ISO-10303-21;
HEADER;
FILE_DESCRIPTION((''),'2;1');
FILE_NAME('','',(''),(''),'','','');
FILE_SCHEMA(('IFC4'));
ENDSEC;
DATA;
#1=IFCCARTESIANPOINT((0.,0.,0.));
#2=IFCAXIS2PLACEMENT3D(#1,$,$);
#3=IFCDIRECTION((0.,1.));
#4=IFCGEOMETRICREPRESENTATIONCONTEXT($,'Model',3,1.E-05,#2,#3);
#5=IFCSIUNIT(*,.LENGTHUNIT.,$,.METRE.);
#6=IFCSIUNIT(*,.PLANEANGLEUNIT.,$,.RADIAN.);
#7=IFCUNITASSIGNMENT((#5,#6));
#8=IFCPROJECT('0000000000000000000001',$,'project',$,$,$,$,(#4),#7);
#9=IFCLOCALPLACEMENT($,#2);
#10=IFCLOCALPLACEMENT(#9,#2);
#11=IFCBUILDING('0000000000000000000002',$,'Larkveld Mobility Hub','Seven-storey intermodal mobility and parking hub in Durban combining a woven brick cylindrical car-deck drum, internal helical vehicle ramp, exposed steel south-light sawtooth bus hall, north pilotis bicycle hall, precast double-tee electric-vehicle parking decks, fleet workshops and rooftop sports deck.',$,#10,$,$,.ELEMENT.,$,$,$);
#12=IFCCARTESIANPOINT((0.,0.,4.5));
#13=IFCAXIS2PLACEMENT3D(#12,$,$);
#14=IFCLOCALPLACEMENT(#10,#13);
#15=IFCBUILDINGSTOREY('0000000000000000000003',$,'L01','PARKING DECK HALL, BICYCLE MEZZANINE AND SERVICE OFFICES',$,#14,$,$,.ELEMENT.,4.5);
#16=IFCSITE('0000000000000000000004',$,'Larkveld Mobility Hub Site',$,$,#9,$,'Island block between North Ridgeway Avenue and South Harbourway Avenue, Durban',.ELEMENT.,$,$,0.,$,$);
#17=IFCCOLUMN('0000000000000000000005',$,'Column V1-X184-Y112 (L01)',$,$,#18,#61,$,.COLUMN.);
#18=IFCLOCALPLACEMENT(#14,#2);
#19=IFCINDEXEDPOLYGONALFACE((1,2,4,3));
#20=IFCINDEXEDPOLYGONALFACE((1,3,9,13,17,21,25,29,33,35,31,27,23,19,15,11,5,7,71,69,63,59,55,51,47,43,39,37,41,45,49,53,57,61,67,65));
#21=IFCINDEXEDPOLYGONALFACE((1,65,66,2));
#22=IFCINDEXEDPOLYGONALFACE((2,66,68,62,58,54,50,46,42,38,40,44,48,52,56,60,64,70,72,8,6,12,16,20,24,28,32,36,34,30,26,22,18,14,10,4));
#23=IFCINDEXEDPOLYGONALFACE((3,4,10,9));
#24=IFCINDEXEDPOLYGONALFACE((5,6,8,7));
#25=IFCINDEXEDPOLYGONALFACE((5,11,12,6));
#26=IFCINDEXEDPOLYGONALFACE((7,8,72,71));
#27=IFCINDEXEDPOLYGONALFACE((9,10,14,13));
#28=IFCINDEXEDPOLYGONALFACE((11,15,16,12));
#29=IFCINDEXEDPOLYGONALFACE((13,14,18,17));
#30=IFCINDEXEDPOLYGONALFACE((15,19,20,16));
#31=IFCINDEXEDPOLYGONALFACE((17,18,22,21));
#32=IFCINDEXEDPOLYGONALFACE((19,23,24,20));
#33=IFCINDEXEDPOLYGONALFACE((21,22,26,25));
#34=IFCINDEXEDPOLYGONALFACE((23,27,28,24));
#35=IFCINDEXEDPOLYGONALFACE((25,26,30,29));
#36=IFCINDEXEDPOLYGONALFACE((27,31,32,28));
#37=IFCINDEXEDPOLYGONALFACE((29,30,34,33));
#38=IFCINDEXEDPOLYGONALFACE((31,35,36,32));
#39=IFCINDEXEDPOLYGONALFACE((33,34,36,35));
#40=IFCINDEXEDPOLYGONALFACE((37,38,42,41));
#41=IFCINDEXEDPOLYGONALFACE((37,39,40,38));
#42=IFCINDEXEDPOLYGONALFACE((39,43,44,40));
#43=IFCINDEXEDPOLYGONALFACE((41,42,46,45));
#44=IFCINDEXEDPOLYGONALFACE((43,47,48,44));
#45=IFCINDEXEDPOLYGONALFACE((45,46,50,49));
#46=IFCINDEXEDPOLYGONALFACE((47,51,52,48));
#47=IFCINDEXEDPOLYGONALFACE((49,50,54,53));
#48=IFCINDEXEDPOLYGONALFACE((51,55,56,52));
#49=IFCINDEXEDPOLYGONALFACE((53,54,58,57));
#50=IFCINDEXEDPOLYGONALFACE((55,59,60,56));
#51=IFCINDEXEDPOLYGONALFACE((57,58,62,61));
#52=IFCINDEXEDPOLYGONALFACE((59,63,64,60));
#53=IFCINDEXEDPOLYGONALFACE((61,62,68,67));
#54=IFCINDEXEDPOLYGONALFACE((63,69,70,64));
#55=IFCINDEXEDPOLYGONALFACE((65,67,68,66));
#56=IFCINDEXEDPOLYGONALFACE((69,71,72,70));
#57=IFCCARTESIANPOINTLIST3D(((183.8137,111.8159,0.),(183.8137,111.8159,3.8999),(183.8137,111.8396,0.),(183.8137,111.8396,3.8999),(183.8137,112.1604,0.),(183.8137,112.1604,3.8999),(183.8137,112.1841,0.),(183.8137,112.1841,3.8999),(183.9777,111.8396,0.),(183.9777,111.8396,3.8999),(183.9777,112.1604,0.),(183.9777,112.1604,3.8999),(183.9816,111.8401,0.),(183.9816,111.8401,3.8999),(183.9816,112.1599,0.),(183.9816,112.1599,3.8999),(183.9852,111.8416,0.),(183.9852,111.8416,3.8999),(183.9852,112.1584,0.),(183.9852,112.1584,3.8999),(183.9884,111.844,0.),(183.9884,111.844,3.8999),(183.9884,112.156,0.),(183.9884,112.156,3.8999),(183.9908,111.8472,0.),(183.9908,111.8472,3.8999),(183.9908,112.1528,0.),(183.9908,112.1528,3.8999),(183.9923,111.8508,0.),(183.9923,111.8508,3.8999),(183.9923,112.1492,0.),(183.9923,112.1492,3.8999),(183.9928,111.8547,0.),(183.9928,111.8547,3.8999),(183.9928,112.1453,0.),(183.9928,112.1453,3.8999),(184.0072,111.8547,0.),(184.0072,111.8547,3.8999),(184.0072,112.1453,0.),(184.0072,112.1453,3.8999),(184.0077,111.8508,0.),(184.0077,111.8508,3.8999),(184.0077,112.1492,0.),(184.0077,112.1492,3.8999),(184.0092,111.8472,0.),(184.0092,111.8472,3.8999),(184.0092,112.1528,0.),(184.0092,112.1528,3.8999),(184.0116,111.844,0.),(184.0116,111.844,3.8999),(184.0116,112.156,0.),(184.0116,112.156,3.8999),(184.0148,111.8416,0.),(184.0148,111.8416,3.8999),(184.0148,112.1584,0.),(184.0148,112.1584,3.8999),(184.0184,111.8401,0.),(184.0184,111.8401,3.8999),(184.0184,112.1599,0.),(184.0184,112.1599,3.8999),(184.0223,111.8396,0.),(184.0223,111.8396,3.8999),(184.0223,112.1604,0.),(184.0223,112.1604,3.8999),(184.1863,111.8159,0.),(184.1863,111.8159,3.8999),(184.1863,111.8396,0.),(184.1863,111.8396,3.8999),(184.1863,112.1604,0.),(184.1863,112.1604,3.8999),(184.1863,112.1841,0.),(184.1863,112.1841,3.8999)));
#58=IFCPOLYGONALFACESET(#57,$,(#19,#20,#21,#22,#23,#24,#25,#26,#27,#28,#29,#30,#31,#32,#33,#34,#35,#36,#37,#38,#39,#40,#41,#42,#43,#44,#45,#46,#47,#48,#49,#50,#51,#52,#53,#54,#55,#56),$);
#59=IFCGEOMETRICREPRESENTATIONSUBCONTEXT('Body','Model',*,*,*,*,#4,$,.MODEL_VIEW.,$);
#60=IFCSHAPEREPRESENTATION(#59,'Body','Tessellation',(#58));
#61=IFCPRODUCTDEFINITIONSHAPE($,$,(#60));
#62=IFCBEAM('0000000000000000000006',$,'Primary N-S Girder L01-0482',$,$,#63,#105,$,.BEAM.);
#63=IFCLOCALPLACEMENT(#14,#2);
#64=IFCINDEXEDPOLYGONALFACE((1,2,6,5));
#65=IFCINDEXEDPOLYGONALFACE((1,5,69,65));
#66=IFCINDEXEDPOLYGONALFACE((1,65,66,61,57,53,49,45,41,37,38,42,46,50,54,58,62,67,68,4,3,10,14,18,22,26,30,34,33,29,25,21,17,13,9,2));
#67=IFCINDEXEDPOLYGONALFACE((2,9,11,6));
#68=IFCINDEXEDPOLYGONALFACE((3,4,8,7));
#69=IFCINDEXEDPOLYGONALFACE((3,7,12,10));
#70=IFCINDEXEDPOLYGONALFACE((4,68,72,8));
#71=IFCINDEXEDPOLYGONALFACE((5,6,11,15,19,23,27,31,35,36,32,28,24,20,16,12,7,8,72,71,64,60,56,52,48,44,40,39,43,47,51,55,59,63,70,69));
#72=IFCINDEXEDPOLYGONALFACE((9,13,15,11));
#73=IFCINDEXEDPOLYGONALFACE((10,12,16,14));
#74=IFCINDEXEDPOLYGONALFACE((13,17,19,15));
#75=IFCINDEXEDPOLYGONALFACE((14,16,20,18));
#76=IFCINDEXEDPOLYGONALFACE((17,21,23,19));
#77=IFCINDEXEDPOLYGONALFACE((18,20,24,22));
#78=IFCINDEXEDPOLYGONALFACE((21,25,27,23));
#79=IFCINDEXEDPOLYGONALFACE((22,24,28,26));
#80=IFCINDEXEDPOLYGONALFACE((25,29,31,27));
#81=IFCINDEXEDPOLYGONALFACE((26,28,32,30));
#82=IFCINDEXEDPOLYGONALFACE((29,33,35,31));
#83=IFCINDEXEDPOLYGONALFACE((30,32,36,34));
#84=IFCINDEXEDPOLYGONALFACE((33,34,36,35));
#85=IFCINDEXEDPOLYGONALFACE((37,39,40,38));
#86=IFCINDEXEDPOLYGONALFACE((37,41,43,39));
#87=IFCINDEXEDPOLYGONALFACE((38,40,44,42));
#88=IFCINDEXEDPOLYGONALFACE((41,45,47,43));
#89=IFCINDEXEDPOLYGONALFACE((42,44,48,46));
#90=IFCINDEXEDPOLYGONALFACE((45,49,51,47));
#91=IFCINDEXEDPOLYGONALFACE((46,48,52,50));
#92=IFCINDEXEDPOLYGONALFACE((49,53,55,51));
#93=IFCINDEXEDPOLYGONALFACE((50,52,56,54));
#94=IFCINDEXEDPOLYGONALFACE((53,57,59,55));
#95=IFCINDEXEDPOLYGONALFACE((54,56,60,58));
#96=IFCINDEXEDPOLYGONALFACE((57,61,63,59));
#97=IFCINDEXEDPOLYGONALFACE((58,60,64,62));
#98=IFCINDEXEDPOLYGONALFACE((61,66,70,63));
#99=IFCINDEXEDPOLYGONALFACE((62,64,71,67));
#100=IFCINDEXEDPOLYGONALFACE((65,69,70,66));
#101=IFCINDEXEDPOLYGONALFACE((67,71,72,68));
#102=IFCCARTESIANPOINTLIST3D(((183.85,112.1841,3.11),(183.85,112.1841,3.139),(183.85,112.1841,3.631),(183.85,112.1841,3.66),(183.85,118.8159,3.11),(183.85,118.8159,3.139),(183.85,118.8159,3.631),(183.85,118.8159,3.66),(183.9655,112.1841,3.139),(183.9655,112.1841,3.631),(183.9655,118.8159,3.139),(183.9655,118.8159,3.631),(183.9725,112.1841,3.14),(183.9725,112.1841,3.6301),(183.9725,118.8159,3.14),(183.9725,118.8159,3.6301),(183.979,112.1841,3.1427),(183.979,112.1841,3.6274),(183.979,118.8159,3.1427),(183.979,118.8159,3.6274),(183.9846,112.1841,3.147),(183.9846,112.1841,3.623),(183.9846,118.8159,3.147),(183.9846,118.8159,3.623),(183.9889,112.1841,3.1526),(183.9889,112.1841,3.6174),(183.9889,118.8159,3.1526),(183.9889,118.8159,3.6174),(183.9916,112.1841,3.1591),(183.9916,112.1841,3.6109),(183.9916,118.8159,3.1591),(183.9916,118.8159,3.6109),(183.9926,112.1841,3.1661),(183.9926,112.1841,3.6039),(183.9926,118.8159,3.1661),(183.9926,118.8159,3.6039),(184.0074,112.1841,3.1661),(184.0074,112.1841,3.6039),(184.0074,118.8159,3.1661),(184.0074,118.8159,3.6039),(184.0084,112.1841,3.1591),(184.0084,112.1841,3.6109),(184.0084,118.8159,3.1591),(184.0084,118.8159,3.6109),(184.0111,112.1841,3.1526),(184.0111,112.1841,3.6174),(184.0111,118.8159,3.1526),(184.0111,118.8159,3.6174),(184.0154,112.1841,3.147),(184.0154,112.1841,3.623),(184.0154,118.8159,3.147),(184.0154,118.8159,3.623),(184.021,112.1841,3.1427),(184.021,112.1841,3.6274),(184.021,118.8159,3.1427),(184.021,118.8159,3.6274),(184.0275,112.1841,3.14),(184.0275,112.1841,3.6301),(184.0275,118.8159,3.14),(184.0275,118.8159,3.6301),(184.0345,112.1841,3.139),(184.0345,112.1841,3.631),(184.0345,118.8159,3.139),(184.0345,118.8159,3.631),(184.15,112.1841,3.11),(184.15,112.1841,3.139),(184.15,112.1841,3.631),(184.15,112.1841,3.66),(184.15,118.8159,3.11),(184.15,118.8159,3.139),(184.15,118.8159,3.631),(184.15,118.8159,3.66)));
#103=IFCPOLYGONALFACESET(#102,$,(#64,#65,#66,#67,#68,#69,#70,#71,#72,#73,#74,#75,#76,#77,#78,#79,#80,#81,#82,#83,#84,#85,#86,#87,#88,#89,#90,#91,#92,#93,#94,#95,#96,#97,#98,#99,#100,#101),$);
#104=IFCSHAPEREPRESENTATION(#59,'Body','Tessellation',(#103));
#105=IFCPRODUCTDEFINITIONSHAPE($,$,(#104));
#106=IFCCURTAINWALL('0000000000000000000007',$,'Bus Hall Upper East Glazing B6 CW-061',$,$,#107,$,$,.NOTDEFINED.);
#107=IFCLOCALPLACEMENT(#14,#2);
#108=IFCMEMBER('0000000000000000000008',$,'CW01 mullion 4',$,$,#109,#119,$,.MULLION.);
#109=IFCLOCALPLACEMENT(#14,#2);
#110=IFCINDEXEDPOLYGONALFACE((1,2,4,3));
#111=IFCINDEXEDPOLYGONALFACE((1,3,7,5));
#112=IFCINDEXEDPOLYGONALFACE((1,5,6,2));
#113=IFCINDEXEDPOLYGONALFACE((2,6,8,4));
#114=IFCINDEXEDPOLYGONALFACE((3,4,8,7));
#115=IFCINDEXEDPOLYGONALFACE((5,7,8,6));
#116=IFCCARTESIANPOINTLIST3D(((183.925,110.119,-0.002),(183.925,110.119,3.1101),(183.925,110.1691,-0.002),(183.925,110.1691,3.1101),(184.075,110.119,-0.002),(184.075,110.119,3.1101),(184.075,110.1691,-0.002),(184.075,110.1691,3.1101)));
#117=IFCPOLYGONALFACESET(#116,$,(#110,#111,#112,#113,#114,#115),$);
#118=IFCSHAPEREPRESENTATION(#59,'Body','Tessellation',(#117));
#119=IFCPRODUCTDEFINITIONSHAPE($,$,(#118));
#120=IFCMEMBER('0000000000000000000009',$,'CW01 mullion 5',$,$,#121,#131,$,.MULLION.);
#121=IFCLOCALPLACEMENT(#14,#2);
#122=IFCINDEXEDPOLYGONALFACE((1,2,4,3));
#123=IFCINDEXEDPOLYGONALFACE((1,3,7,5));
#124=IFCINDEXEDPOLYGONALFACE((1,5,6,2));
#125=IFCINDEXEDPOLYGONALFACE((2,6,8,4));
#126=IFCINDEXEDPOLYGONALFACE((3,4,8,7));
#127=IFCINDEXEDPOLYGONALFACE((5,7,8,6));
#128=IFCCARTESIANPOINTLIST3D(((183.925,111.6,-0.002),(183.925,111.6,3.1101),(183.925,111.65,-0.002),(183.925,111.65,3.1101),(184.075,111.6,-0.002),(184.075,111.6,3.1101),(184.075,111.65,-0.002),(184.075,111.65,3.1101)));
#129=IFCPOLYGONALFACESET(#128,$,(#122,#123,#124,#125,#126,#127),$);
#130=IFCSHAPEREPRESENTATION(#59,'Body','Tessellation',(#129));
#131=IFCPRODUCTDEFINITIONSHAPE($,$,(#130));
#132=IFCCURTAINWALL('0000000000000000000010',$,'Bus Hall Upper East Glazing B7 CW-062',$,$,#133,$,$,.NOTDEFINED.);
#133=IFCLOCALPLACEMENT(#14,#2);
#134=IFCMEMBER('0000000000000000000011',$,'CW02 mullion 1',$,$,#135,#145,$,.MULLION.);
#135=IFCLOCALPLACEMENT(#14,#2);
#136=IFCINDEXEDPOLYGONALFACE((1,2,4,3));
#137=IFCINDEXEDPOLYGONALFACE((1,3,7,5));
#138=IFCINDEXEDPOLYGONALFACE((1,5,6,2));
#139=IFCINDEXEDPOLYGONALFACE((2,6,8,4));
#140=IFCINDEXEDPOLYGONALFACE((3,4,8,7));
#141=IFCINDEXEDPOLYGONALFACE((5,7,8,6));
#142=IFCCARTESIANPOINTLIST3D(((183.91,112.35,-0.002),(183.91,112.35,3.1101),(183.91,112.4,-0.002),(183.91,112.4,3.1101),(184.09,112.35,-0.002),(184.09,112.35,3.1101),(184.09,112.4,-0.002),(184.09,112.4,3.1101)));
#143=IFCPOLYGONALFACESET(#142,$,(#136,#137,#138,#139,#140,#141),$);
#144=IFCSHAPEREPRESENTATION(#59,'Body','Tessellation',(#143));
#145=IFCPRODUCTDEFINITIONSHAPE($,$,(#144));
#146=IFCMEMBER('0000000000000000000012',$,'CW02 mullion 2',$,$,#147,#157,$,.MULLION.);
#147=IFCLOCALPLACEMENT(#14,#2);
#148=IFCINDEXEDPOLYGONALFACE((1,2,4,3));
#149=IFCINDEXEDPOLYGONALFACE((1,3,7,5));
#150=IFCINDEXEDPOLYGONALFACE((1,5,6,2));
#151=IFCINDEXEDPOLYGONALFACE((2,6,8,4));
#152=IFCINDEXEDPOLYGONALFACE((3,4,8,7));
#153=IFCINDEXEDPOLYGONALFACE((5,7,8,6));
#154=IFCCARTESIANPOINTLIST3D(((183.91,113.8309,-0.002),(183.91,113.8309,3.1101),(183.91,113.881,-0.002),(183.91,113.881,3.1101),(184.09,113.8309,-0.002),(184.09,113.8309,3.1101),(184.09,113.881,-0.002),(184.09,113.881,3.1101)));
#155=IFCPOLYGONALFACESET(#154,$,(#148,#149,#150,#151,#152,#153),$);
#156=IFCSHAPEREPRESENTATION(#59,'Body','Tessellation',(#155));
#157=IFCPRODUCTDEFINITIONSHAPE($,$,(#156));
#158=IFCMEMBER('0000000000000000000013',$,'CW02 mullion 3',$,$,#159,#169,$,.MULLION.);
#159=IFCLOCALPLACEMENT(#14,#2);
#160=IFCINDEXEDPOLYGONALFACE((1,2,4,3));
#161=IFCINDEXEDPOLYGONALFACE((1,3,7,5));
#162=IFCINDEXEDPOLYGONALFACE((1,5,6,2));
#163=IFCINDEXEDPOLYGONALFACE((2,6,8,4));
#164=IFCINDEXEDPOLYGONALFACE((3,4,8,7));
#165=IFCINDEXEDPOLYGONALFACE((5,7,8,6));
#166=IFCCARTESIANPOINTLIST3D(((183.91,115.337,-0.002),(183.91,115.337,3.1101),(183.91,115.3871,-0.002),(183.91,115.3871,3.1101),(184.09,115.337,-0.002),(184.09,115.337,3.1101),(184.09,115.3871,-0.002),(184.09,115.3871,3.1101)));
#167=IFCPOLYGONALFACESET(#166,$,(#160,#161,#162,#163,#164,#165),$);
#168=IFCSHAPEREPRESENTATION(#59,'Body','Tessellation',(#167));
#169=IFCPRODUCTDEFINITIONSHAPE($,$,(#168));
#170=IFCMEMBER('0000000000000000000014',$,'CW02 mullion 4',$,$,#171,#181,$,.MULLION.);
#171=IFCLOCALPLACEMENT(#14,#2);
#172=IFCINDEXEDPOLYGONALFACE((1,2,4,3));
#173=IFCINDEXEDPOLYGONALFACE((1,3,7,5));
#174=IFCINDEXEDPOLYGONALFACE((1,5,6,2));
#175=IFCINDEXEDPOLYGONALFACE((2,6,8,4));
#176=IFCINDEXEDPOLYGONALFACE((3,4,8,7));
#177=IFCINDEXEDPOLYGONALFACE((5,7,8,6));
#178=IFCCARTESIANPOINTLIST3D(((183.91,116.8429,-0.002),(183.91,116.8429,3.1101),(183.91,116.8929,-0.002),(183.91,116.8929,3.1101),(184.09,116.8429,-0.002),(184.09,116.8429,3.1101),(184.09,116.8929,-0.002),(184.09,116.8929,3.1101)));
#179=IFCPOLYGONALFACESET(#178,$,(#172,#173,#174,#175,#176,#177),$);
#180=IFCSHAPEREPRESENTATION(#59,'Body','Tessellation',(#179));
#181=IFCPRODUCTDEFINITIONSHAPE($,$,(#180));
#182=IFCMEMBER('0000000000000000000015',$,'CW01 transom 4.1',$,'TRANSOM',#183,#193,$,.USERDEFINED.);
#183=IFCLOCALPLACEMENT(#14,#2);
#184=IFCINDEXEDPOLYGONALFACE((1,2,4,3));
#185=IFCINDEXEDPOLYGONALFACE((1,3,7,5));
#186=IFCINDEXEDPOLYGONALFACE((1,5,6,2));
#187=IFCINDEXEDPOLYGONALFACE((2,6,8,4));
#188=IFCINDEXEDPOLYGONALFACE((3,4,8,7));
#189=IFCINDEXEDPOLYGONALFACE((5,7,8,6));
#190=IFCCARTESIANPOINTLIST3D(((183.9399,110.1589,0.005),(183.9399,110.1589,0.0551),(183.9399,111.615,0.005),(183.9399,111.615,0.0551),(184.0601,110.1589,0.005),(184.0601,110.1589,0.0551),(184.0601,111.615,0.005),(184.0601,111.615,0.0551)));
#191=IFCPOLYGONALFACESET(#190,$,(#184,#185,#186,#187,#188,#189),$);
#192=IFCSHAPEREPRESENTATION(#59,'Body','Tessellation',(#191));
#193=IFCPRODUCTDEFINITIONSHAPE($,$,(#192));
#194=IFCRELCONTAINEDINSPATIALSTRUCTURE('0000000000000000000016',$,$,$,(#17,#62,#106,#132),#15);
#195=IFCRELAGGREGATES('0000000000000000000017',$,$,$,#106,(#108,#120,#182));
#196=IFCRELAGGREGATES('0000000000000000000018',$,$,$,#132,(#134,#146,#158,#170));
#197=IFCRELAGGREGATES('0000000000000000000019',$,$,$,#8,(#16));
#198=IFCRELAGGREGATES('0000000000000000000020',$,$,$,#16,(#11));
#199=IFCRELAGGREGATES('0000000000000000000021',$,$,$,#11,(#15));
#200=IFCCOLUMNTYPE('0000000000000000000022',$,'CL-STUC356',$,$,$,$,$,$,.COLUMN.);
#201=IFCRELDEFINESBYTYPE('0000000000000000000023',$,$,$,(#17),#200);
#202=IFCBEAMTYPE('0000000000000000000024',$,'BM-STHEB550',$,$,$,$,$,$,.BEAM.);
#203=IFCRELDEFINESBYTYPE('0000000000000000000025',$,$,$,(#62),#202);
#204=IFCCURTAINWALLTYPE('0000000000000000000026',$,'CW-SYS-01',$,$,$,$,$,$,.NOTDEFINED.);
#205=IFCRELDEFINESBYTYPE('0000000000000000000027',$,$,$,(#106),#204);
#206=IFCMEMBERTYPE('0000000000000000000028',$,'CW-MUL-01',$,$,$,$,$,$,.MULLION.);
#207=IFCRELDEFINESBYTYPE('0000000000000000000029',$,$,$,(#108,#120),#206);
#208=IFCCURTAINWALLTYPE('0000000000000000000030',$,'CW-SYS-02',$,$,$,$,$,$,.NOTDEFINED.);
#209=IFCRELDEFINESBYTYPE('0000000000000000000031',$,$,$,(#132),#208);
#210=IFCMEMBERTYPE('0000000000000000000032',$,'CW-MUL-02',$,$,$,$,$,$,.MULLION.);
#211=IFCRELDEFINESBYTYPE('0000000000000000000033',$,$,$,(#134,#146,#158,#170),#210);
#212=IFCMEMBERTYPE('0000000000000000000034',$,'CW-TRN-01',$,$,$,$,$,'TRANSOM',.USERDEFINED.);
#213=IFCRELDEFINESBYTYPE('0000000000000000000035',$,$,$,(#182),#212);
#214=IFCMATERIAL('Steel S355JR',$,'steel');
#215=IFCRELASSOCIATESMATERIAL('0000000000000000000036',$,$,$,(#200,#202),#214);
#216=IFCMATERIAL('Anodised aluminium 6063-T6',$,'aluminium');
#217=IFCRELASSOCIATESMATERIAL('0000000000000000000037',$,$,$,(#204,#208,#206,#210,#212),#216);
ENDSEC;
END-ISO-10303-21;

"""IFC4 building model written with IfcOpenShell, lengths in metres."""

from ifc_helpers import new_model, si_unit, direction, frame, origin, origin_2d, place, context, subcontext, project, spatial, rectangle, i_section, extrude, material, material_profile, profile_set, type_object, element, aggregate, save


model = new_model("IFC4")

# Units and contexts
model_context = context("Model", 3, precision=1e-05, world=origin(), true_north=direction((0.0, 1.0)))
body_context = subcontext(model_context, "Body", "Model", "MODEL_VIEW")
ifc_project = project(units=[si_unit("LENGTHUNIT", "METRE"), si_unit("PLANEANGLEUNIT", "RADIAN")], contexts=[model_context])

# Site, building, storey
site_placement = place(None, origin())
site = spatial("IfcSite", under=ifc_project, at=site_placement, Name="Larkveld Mobility Hub Site", LongName="Island block between North Ridgeway Avenue and South Harbourway Avenue, Durban", CompositionType="ELEMENT", RefElevation=0.0)
building_placement = place(site_placement, origin())
building = spatial("IfcBuilding", under=site, at=building_placement, Name="Larkveld Mobility Hub", Description="Seven-storey intermodal mobility and parking hub in Durban combining a woven brick cylindrical car-deck drum, internal helical vehicle ramp, exposed steel south-light sawtooth bus hall, north pilotis bicycle hall, precast double-tee electric-vehicle parking decks, fleet workshops and rooftop sports deck.", CompositionType="ELEMENT")
storey_placement = place(building_placement, frame((0.0, 0.0, 4.5)))
storey = spatial("IfcBuildingStorey", under=building, at=storey_placement, Name="L01", Description="PARKING DECK HALL, BICYCLE MEZZANINE AND SERVICE OFFICES", CompositionType="ELEMENT", Elevation=4.5)

# Column
ifc_material_1 = material(Name="Steel S355JR", Category="steel")
ifc_material_profile_1 = material_profile(ifc_material_1, i_section(OverallWidth=0.3726, OverallDepth=0.3682, WebThickness=0.0144, FlangeThickness=0.0237, FilletRadius=0.0151, at=origin_2d()), Name="UC 356x368x177")
ifc_profile_set_1 = profile_set([ifc_material_profile_1], Name="Steel S355JR")
column_type = type_object("IfcColumnType", Name="CL-STUC356", PredefinedType="COLUMN", material=ifc_profile_set_1)
column_placement = place(storey_placement, frame((184.0, 112.0, 0.0), z_axis=(0.0, 0.0, 1.0), x_axis=(1.0, 0.0, 0.0)))
element("IfcColumn", 1, at=column_placement, inside=storey, type_object=column_type, Name="Column V1-X184-Y112 (L01)", PredefinedType="COLUMN", context=body_context, shape_type="SweptSolid", body=[
    extrude(i_section(OverallWidth=0.3726, OverallDepth=0.3682, WebThickness=0.0144, FlangeThickness=0.0237, FilletRadius=0.0151, at=origin_2d()), origin(), (0.0, 0.0, 1.0), 3.8999),
])

# Beam
ifc_material_profile_2 = material_profile(ifc_material_1, i_section(OverallWidth=0.3, OverallDepth=0.55, WebThickness=0.0149, FlangeThickness=0.0291, FilletRadius=0.0271, at=origin_2d()), Name="HEB 550")
ifc_profile_set_2 = profile_set([ifc_material_profile_2], Name="Steel S355JR")
beam_type = type_object("IfcBeamType", Name="BM-STHEB550", PredefinedType="BEAM", material=ifc_profile_set_2)
beam_placement = place(storey_placement, frame((184.0, 112.1841, 3.385), z_axis=(0.0, 1.0, 0.0), x_axis=(-1.0, 0.0, 0.0)))
element("IfcBeam", 2, at=beam_placement, inside=storey, type_object=beam_type, Name="Primary N-S Girder L01-0482", PredefinedType="BEAM", context=body_context, shape_type="SweptSolid", body=[
    extrude(i_section(OverallWidth=0.3, OverallDepth=0.55, WebThickness=0.0149, FlangeThickness=0.0291, FilletRadius=0.0271, at=origin_2d()), origin(), (0.0, 0.0, 1.0), 6.6318),
])

# Curtain walls, members
ifc_material_2 = material(Name="Anodised aluminium 6063-T6", Category="aluminium")
curtain_wall_type_1 = type_object("IfcCurtainWallType", Name="CW-SYS-01", PredefinedType="NOTDEFINED", material=ifc_material_2)
curtain_wall_1_placement = place(storey_placement, origin())
curtain_wall_1 = element("IfcCurtainWall", 3, at=curtain_wall_1_placement, inside=storey, type_object=curtain_wall_type_1, Name="Bus Hall Upper East Glazing B6 CW-061", PredefinedType="NOTDEFINED")
ifc_material_profile_3 = material_profile(ifc_material_2, rectangle(XDim=0.05, YDim=0.1499, at=origin_2d()), Name="ALU MULL 50x150")
ifc_profile_set_3 = profile_set([ifc_material_profile_3], Name="Anodised aluminium 6063-T6")
member_type_1 = type_object("IfcMemberType", Name="CW-MUL-01", PredefinedType="MULLION", material=ifc_profile_set_3)
member_1_placement = place(storey_placement, frame((184.0, 110.144, -0.002), z_axis=(0.0, 0.0, 1.0), x_axis=(0.0, 1.0, 0.0)))
member_1 = element("IfcMember", 4, at=member_1_placement, type_object=member_type_1, Name="CW01 mullion 4", PredefinedType="MULLION", context=body_context, shape_type="SweptSolid", body=[
    extrude(rectangle(XDim=0.05, YDim=0.1499, at=origin_2d()), origin(), (0.0, 0.0, 1.0), 3.1121),
])
member_2_placement = place(storey_placement, frame((184.0, 111.625, -0.002), z_axis=(0.0, 0.0, 1.0), x_axis=(0.0, 1.0, 0.0)))
member_2 = element("IfcMember", 5, at=member_2_placement, type_object=member_type_1, Name="CW01 mullion 5", PredefinedType="MULLION", context=body_context, shape_type="SweptSolid", body=[
    extrude(rectangle(XDim=0.05, YDim=0.1499, at=origin_2d()), origin(), (0.0, 0.0, 1.0), 3.1121),
])
curtain_wall_type_2 = type_object("IfcCurtainWallType", Name="CW-SYS-02", PredefinedType="NOTDEFINED", material=ifc_material_2)
curtain_wall_2_placement = place(storey_placement, origin())
curtain_wall_2 = element("IfcCurtainWall", 6, at=curtain_wall_2_placement, inside=storey, type_object=curtain_wall_type_2, Name="Bus Hall Upper East Glazing B7 CW-062", PredefinedType="NOTDEFINED")
ifc_material_profile_4 = material_profile(ifc_material_2, rectangle(XDim=0.05, YDim=0.1799, at=origin_2d()), Name="ALU MULL 50x180")
ifc_profile_set_4 = profile_set([ifc_material_profile_4], Name="Anodised aluminium 6063-T6")
member_type_2 = type_object("IfcMemberType", Name="CW-MUL-02", PredefinedType="MULLION", material=ifc_profile_set_4)
member_3_placement = place(storey_placement, frame((184.0, 112.375, -0.002), z_axis=(0.0, 0.0, 1.0), x_axis=(0.0, 1.0, 0.0)))
member_3 = element("IfcMember", 7, at=member_3_placement, type_object=member_type_2, Name="CW02 mullion 1", PredefinedType="MULLION", context=body_context, shape_type="SweptSolid", body=[
    extrude(rectangle(XDim=0.05, YDim=0.1799, at=origin_2d()), origin(), (0.0, 0.0, 1.0), 3.1121),
])
member_4_placement = place(storey_placement, frame((184.0, 113.856, -0.002), z_axis=(0.0, 0.0, 1.0), x_axis=(0.0, 1.0, 0.0)))
member_4 = element("IfcMember", 8, at=member_4_placement, type_object=member_type_2, Name="CW02 mullion 2", PredefinedType="MULLION", context=body_context, shape_type="SweptSolid", body=[
    extrude(rectangle(XDim=0.05, YDim=0.1799, at=origin_2d()), origin(), (0.0, 0.0, 1.0), 3.1121),
])
member_5_placement = place(storey_placement, frame((184.0, 115.3621, -0.002), z_axis=(0.0, 0.0, 1.0), x_axis=(0.0, 1.0, 0.0)))
member_5 = element("IfcMember", 9, at=member_5_placement, type_object=member_type_2, Name="CW02 mullion 3", PredefinedType="MULLION", context=body_context, shape_type="SweptSolid", body=[
    extrude(rectangle(XDim=0.05, YDim=0.1799, at=origin_2d()), origin(), (0.0, 0.0, 1.0), 3.1121),
])
member_6_placement = place(storey_placement, frame((184.0, 116.8679, -0.002), z_axis=(0.0, 0.0, 1.0), x_axis=(0.0, 1.0, 0.0)))
member_6 = element("IfcMember", 10, at=member_6_placement, type_object=member_type_2, Name="CW02 mullion 4", PredefinedType="MULLION", context=body_context, shape_type="SweptSolid", body=[
    extrude(rectangle(XDim=0.05, YDim=0.1799, at=origin_2d()), origin(), (0.0, 0.0, 1.0), 3.1121),
])

# Member
ifc_material_profile_5 = material_profile(ifc_material_2, rectangle(XDim=0.1201, YDim=0.05, at=origin_2d()), Name="ALU TRAN 50x120")
ifc_profile_set_5 = profile_set([ifc_material_profile_5], Name="Anodised aluminium 6063-T6")
member_type_3 = type_object("IfcMemberType", Name="CW-TRN-01", ElementType="TRANSOM", PredefinedType="USERDEFINED", material=ifc_profile_set_5)
member_7_placement = place(storey_placement, frame((184.0, 110.1589, 0.03), z_axis=(0.0, 1.0, 0.0), x_axis=(-1.0, 0.0, 0.0)))
member_7 = element("IfcMember", 11, at=member_7_placement, type_object=member_type_3, Name="CW01 transom 4.1", ObjectType="TRANSOM", PredefinedType="USERDEFINED", context=body_context, shape_type="SweptSolid", body=[
    extrude(rectangle(XDim=0.1201, YDim=0.05, at=origin_2d()), origin(), (0.0, 0.0, 1.0), 1.4561),
])

aggregate(curtain_wall_1, [member_1, member_2, member_7])
aggregate(curtain_wall_2, [member_3, member_4, member_5, member_6])

save(model, "model.ifc")
